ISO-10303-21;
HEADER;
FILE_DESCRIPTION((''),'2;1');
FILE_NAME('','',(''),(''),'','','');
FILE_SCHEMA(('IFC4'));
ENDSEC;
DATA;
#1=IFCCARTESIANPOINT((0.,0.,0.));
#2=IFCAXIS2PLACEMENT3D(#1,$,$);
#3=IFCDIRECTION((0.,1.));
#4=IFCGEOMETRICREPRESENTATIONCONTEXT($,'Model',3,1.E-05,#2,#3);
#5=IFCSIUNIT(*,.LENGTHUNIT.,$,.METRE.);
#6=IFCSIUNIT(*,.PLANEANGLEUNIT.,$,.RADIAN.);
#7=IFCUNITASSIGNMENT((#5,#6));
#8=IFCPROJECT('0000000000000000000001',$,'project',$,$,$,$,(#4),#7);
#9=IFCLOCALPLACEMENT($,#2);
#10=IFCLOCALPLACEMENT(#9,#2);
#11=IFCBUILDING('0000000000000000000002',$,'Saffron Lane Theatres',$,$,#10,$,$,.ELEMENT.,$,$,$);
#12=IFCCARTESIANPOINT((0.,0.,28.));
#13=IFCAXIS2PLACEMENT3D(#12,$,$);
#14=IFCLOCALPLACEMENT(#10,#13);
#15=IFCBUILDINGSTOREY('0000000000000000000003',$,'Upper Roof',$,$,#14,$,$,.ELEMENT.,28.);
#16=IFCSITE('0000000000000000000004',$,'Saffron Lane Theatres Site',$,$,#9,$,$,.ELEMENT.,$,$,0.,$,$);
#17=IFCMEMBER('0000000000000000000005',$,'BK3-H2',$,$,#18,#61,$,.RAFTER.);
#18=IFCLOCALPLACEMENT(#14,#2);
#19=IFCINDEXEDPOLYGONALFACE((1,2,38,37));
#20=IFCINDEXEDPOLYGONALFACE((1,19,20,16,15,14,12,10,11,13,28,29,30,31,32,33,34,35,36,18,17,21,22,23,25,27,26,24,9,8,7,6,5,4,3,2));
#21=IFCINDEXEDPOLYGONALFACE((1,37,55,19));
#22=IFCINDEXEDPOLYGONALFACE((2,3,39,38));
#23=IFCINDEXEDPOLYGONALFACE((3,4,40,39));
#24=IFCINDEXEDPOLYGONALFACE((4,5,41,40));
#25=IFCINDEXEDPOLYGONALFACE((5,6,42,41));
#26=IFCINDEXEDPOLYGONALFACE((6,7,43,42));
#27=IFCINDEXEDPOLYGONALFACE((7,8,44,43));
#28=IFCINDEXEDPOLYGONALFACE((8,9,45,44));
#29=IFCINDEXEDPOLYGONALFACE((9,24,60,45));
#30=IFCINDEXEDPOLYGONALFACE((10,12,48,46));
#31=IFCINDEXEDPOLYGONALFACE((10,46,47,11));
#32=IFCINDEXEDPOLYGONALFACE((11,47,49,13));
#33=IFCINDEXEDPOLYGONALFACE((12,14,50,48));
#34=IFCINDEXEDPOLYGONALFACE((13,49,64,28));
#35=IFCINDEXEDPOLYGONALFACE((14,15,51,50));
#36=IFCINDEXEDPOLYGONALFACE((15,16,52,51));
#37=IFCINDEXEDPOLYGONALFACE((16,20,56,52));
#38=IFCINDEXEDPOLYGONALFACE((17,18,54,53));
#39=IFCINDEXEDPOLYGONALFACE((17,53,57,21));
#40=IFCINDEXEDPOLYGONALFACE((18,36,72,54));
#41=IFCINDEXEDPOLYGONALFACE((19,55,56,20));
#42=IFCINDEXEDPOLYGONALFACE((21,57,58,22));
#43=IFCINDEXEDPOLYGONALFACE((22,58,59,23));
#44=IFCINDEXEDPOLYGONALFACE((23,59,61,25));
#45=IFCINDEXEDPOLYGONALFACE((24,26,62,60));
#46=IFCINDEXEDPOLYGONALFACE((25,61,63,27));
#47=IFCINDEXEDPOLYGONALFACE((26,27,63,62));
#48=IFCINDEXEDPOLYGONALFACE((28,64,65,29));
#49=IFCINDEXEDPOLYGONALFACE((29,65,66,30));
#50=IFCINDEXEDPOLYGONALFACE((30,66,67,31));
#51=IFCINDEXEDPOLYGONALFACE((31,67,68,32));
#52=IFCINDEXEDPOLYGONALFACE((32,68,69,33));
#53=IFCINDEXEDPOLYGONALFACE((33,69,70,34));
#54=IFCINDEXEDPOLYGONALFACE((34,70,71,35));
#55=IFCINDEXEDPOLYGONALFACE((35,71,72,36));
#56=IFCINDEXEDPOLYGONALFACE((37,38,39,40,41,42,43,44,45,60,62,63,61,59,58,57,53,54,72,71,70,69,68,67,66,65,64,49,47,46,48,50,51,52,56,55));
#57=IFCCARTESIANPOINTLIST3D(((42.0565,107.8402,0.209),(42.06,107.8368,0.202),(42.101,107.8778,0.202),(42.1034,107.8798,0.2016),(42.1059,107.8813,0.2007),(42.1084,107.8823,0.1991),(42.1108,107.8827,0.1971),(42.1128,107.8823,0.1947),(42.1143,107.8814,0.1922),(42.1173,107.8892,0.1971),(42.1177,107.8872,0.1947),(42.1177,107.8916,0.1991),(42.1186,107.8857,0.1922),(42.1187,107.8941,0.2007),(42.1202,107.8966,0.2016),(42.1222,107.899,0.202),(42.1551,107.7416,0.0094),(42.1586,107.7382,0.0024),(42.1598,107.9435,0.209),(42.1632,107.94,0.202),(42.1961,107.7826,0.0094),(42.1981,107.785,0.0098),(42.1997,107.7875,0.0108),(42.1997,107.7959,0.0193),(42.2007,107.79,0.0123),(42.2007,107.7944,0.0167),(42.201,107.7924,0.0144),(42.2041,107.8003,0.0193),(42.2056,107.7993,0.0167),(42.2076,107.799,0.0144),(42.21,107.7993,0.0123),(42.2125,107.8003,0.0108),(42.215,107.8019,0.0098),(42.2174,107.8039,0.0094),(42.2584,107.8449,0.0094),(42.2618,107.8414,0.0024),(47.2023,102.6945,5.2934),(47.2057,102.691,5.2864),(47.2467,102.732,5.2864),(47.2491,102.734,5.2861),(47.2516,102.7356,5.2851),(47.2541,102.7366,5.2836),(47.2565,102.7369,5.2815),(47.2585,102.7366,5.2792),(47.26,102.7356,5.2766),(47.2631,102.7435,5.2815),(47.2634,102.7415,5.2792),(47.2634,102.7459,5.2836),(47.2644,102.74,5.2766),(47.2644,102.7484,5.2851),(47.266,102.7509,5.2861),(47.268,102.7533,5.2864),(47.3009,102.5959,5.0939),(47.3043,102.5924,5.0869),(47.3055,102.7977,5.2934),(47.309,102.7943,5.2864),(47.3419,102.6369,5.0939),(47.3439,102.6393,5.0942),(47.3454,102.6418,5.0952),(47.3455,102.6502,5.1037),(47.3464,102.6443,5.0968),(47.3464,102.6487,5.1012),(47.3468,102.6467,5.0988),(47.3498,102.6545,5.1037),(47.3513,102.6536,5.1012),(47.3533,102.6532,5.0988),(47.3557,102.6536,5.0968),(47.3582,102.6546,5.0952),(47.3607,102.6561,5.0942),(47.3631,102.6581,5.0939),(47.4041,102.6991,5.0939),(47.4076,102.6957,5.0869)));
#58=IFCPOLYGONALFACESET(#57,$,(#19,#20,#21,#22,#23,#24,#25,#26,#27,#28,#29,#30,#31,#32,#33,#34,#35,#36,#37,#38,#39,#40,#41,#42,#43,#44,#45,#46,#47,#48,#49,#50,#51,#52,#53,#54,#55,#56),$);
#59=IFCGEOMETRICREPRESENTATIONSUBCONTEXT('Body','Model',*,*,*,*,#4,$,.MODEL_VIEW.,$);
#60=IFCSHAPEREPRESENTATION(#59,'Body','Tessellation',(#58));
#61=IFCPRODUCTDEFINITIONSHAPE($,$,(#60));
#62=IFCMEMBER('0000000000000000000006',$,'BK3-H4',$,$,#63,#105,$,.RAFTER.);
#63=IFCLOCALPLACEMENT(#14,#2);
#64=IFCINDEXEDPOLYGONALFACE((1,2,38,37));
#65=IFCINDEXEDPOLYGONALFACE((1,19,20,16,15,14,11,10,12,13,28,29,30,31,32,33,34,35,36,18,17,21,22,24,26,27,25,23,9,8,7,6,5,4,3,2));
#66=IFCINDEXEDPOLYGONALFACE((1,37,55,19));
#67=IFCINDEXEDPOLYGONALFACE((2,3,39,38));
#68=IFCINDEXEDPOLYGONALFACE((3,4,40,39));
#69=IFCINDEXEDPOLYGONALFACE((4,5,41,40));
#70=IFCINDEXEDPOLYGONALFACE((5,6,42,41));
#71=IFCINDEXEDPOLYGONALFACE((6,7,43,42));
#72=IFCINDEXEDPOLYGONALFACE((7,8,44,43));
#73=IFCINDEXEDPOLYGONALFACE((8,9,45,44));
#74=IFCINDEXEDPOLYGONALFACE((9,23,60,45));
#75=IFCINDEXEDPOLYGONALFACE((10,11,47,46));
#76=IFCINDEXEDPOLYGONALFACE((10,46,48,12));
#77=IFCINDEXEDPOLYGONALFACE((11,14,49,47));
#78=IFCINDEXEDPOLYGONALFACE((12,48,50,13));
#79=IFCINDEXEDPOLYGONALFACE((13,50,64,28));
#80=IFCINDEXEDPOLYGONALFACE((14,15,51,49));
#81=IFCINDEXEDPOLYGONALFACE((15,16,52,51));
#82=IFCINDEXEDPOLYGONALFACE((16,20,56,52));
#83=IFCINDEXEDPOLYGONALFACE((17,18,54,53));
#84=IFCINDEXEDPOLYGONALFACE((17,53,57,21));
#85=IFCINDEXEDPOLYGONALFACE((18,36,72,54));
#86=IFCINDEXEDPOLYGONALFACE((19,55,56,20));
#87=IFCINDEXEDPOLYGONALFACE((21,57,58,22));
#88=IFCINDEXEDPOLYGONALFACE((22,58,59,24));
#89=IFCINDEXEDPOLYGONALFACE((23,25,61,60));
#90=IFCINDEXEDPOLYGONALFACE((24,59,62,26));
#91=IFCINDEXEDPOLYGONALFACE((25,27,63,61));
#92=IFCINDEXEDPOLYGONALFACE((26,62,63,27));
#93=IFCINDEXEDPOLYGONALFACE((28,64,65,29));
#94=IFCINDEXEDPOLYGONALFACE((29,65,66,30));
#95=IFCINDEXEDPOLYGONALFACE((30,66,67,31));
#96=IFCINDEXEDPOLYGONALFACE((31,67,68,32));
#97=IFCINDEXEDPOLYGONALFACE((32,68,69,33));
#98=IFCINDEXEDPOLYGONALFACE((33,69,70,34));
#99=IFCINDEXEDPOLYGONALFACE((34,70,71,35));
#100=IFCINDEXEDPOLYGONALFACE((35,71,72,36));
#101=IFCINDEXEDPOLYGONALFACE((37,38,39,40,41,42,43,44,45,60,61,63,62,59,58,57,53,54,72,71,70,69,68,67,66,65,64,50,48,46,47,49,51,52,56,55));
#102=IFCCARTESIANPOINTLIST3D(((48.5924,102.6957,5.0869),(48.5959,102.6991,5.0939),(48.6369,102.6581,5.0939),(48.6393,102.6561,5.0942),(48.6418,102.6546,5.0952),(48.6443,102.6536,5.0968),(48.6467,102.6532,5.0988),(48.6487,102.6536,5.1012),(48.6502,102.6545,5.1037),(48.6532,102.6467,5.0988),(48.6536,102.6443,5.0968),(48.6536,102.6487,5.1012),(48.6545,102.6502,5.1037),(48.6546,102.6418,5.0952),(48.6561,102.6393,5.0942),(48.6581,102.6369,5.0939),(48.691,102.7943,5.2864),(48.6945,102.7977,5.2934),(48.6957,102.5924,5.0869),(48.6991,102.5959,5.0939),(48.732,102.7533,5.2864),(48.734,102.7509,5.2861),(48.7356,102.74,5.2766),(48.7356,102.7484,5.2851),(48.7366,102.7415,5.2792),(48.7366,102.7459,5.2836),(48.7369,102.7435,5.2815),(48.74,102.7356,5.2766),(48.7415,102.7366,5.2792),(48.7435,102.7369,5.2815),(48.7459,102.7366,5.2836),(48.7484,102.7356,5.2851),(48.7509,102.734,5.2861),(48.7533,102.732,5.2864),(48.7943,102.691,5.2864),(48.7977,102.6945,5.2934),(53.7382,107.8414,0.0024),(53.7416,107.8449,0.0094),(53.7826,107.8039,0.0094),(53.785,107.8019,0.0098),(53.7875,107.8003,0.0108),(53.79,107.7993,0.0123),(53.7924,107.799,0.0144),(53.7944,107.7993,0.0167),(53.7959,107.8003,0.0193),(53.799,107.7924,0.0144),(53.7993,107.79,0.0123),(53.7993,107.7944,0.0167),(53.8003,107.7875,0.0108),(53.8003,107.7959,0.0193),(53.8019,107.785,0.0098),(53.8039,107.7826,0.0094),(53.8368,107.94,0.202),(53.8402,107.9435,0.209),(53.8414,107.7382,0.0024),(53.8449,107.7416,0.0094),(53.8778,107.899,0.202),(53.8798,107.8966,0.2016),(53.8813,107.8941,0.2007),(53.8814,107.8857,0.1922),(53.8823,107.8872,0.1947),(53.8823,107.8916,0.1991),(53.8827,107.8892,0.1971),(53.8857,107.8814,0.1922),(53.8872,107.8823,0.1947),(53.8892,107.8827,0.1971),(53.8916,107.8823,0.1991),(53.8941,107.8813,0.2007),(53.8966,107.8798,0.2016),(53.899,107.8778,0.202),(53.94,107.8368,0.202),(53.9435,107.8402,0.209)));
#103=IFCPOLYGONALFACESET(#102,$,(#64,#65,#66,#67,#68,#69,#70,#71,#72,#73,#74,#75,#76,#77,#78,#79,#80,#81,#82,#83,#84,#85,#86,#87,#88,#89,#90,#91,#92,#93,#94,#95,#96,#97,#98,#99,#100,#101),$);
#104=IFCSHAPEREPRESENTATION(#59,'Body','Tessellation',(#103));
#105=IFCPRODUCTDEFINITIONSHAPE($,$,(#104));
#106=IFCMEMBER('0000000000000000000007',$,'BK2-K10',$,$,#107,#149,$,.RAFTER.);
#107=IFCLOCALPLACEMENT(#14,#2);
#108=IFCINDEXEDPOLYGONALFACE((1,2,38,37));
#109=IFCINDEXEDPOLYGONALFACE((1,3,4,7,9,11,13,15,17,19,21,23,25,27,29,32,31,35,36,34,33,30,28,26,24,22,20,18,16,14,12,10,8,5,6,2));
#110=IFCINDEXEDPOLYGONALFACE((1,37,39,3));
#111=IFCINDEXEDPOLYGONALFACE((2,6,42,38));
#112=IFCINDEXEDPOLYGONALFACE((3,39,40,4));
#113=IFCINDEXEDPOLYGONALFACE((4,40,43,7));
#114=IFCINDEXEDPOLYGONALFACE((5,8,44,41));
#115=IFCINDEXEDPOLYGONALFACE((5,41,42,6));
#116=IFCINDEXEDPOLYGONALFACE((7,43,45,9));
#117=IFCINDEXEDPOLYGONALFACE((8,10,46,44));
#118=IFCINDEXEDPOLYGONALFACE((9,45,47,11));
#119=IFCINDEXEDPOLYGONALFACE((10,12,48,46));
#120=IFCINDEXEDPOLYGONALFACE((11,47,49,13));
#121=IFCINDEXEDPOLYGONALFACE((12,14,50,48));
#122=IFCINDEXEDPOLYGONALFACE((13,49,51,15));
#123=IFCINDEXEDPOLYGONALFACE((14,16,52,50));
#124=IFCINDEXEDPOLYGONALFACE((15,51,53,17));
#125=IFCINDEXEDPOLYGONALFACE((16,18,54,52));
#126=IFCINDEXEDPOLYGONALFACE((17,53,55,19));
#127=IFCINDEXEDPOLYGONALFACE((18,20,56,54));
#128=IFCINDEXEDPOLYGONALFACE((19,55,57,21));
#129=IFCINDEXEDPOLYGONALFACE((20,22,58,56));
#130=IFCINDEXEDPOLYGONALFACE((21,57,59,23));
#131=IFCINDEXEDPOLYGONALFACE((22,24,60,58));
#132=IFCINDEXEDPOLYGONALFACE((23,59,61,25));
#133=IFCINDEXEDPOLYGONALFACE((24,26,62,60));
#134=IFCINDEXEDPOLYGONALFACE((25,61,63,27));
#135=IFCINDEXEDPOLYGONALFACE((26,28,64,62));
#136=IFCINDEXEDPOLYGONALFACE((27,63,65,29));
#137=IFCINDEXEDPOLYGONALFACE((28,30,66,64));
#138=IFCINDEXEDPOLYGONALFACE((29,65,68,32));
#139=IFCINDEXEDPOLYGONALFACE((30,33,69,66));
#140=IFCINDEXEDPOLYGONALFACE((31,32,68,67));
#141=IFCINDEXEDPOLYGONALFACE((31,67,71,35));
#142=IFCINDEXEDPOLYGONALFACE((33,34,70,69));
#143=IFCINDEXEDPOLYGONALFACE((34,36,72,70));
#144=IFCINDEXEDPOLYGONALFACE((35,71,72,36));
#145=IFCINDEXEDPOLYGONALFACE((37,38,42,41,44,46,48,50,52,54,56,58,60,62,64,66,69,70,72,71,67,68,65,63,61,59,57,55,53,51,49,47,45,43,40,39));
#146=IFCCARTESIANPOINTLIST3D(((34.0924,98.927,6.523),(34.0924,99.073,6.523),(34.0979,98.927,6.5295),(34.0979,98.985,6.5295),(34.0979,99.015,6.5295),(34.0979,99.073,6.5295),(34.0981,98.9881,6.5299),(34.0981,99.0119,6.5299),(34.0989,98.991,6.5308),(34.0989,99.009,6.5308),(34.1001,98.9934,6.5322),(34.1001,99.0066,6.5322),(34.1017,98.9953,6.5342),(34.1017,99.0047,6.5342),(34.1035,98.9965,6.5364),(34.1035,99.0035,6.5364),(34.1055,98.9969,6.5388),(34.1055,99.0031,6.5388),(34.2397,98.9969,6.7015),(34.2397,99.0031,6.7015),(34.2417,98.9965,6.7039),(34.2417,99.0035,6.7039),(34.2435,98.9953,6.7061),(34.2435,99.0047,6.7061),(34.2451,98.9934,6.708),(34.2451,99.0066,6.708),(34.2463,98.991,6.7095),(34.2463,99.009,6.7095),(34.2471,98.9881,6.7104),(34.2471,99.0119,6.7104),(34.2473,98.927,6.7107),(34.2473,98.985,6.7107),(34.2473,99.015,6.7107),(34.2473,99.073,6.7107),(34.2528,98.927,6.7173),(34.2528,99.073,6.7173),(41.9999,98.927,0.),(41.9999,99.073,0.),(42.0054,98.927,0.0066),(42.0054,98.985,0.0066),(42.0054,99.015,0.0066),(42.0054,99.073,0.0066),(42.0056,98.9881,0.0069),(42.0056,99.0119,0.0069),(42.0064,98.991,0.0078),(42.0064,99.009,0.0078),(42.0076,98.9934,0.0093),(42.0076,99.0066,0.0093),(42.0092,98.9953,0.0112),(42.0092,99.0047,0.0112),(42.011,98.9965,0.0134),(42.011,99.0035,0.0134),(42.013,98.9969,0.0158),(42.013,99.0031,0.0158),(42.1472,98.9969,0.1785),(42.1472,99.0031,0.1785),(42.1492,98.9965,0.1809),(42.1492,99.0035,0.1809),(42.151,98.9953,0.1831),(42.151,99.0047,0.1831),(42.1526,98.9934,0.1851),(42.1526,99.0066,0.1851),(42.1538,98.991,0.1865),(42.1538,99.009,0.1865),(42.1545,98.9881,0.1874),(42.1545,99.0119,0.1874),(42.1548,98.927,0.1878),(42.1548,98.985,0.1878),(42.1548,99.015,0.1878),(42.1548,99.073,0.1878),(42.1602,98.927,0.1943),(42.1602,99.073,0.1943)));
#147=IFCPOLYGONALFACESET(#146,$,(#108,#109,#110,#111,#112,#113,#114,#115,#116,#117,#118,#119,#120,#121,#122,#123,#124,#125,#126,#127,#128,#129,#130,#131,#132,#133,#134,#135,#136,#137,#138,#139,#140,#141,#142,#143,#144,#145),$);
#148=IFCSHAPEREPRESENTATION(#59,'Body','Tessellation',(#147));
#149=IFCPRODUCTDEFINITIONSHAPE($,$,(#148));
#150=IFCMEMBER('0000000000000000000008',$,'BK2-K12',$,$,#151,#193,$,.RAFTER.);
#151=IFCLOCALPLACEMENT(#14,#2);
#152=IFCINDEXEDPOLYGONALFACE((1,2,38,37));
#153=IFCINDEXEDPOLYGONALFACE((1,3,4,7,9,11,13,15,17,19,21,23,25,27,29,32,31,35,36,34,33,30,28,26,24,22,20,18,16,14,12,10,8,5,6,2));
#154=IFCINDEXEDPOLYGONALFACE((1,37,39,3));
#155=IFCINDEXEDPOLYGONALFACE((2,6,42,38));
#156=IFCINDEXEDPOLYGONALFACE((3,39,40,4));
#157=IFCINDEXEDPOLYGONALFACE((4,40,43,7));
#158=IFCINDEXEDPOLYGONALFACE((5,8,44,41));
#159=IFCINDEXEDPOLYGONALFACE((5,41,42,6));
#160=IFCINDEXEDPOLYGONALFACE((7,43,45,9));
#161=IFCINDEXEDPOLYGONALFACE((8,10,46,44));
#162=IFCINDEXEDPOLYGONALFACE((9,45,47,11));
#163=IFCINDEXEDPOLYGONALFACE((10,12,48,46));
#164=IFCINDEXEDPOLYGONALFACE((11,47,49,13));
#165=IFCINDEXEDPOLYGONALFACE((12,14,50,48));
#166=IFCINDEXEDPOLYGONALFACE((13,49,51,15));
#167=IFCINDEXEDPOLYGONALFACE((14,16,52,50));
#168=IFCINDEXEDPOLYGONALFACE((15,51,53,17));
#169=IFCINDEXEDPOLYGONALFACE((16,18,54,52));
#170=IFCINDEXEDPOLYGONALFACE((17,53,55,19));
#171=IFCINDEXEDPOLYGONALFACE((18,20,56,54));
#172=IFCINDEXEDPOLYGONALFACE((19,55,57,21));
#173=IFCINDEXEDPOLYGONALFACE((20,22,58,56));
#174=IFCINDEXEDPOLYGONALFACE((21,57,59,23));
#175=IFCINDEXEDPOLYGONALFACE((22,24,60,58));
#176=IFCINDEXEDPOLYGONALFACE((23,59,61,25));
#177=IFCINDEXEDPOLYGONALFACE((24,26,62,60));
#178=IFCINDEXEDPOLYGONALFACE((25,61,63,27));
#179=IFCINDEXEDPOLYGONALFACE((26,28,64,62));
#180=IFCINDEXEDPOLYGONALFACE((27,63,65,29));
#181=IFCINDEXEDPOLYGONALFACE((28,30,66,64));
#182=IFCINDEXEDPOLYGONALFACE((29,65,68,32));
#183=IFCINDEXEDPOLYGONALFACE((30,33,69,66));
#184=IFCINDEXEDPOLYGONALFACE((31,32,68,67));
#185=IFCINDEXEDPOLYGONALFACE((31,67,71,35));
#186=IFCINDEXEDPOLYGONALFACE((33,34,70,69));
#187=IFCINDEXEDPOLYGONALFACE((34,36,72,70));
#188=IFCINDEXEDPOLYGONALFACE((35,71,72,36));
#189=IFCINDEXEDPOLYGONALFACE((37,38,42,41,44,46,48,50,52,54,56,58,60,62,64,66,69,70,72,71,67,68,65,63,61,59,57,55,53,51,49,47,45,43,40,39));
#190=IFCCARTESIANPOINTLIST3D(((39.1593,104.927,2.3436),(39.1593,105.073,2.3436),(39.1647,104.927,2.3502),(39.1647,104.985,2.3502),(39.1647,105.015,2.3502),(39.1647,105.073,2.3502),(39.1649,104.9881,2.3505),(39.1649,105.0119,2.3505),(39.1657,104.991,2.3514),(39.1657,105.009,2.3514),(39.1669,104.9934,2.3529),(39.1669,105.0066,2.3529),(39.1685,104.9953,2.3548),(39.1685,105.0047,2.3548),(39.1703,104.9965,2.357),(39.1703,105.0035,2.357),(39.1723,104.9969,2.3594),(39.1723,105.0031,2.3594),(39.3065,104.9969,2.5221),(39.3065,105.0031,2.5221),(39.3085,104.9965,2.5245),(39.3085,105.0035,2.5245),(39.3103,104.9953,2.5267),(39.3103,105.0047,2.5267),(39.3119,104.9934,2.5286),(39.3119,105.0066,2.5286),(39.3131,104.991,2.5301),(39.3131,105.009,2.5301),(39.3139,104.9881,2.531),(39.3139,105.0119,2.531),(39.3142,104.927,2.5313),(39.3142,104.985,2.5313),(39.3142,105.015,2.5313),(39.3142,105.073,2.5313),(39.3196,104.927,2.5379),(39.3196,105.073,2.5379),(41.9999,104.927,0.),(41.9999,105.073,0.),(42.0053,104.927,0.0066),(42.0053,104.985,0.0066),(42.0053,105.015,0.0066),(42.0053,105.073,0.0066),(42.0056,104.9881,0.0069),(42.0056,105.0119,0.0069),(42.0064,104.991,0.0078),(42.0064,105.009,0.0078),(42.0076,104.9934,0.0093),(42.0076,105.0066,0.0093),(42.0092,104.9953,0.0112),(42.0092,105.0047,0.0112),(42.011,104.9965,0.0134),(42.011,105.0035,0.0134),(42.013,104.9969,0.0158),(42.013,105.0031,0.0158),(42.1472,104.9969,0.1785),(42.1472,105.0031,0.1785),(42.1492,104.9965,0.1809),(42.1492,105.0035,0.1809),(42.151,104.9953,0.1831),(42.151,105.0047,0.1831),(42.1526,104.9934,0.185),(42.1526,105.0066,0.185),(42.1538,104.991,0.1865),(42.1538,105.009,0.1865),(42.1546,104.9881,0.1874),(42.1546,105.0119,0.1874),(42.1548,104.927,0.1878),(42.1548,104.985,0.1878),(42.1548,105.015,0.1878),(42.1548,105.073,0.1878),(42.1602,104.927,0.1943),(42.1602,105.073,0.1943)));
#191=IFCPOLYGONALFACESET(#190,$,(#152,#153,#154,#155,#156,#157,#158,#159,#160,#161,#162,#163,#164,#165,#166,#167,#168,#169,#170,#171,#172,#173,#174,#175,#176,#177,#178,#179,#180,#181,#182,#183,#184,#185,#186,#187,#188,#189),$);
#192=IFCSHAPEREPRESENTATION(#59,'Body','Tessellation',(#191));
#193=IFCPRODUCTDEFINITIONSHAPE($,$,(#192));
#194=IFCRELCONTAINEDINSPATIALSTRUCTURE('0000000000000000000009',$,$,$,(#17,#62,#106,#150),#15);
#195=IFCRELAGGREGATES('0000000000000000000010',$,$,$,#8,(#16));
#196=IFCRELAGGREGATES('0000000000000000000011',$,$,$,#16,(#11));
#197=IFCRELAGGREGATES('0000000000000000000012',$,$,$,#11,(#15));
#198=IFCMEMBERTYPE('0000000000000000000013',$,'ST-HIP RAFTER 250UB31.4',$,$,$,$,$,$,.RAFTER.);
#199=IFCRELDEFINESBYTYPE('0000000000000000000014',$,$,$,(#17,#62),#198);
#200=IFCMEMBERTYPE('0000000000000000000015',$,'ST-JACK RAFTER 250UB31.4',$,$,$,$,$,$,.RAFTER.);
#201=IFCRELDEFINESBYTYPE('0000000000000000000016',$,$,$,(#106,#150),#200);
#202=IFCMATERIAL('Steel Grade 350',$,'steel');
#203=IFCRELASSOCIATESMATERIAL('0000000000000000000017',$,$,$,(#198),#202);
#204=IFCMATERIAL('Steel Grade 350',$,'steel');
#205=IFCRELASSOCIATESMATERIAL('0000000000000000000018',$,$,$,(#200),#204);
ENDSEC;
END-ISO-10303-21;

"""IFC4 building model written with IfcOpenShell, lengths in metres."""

from ifc_helpers import new_model, si_unit, direction, frame, origin, origin_2d, place, context, subcontext, project, spatial, i_section, extrude, material, material_profile, profile_set, type_object, element, save


model = new_model("IFC4")

# Units and contexts
model_context = context("Model", 3, precision=1e-05, world=origin(), true_north=direction((0.0, 1.0)))
body_context = subcontext(model_context, "Body", "Model", "MODEL_VIEW")
ifc_project = project(units=[si_unit("LENGTHUNIT", "METRE"), si_unit("PLANEANGLEUNIT", "RADIAN")], contexts=[model_context])

# Site, building, storey
site_placement = place(None, origin())
site = spatial("IfcSite", under=ifc_project, at=site_placement, Name="Saffron Lane Theatres Site", CompositionType="ELEMENT", RefElevation=0.0)
building_placement = place(site_placement, origin())
building = spatial("IfcBuilding", under=site, at=building_placement, Name="Saffron Lane Theatres", CompositionType="ELEMENT")
storey_placement = place(building_placement, frame((0.0, 0.0, 28.0)))
storey = spatial("IfcBuildingStorey", under=building, at=storey_placement, Name="Upper Roof", CompositionType="ELEMENT", Elevation=28.0)

# Members
ifc_material_1 = material(Name="Steel Grade 350", Category="steel")
ifc_material_profile_1 = material_profile(ifc_material_1, i_section(OverallWidth=0.146, OverallDepth=0.252, WebThickness=0.0061, FlangeThickness=0.0085, FilletRadius=0.012, at=origin_2d()))
ifc_profile_set_1 = profile_set([ifc_material_profile_1], Name="Steel Grade 350")
member_type_1 = type_object("IfcMemberType", Name="ST-HIP RAFTER 250UB31.4", PredefinedType="RAFTER", material=ifc_profile_set_1)
for number, where, z_axis, x_axis, name in (
    (1, (42.1592, 107.8408, 0.1057), (0.579642, -0.579642, 0.572739), (0.707107, 0.707107, 0.0), "BK3-H2"),
    (2, (53.8408, 107.8408, 0.1057), (-0.579642, -0.579642, 0.572739), (0.707107, -0.707107, 0.0), "BK3-H4"),
):
    element("IfcMember", number, at=place(storey_placement, frame(where, z_axis=z_axis, x_axis=x_axis)), inside=storey, type_object=member_type_1, Name=name, PredefinedType="RAFTER", context=body_context, shape_type="SweptSolid", body=[
        extrude(i_section(OverallWidth=0.146, OverallDepth=0.252, WebThickness=0.0061, FlangeThickness=0.0085, FilletRadius=0.012, at=origin_2d()), origin(), (0.0, 0.0, 1.0), 8.8774),
    ])
ifc_material_2 = material(Name="Steel Grade 350", Category="steel")
ifc_material_profile_2 = material_profile(ifc_material_2, i_section(OverallWidth=0.146, OverallDepth=0.252, WebThickness=0.0061, FlangeThickness=0.0085, FilletRadius=0.012, at=origin_2d()))
ifc_profile_set_2 = profile_set([ifc_material_profile_2], Name="Steel Grade 350")
member_type_2 = type_object("IfcMemberType", Name="ST-JACK RAFTER 250UB31.4", PredefinedType="RAFTER", material=ifc_profile_set_2)
member_1_placement = place(storey_placement, frame((42.0801, 99.0, 0.0972), z_axis=(-0.771407, 0.0, 0.636342), x_axis=(0.0, -1.0, 0.0)))
element("IfcMember", 3, at=member_1_placement, inside=storey, type_object=member_type_2, Name="BK2-K10", PredefinedType="RAFTER", context=body_context, shape_type="SweptSolid", body=[
    extrude(i_section(OverallWidth=0.146, OverallDepth=0.252, WebThickness=0.0061, FlangeThickness=0.0085, FilletRadius=0.012, at=origin_2d()), origin(), (0.0, 0.0, 1.0), 10.2507),
])
member_2_placement = place(storey_placement, frame((42.0801, 105.0, 0.0972), z_axis=(-0.771369, 0.0, 0.636388), x_axis=(0.0, -1.0, 0.0)))
element("IfcMember", 4, at=member_2_placement, inside=storey, type_object=member_type_2, Name="BK2-K12", PredefinedType="RAFTER", context=body_context, shape_type="SweptSolid", body=[
    extrude(i_section(OverallWidth=0.146, OverallDepth=0.252, WebThickness=0.0061, FlangeThickness=0.0085, FilletRadius=0.012, at=origin_2d()), origin(), (0.0, 0.0, 1.0), 3.6826),
])

save(model, "model.ifc")
